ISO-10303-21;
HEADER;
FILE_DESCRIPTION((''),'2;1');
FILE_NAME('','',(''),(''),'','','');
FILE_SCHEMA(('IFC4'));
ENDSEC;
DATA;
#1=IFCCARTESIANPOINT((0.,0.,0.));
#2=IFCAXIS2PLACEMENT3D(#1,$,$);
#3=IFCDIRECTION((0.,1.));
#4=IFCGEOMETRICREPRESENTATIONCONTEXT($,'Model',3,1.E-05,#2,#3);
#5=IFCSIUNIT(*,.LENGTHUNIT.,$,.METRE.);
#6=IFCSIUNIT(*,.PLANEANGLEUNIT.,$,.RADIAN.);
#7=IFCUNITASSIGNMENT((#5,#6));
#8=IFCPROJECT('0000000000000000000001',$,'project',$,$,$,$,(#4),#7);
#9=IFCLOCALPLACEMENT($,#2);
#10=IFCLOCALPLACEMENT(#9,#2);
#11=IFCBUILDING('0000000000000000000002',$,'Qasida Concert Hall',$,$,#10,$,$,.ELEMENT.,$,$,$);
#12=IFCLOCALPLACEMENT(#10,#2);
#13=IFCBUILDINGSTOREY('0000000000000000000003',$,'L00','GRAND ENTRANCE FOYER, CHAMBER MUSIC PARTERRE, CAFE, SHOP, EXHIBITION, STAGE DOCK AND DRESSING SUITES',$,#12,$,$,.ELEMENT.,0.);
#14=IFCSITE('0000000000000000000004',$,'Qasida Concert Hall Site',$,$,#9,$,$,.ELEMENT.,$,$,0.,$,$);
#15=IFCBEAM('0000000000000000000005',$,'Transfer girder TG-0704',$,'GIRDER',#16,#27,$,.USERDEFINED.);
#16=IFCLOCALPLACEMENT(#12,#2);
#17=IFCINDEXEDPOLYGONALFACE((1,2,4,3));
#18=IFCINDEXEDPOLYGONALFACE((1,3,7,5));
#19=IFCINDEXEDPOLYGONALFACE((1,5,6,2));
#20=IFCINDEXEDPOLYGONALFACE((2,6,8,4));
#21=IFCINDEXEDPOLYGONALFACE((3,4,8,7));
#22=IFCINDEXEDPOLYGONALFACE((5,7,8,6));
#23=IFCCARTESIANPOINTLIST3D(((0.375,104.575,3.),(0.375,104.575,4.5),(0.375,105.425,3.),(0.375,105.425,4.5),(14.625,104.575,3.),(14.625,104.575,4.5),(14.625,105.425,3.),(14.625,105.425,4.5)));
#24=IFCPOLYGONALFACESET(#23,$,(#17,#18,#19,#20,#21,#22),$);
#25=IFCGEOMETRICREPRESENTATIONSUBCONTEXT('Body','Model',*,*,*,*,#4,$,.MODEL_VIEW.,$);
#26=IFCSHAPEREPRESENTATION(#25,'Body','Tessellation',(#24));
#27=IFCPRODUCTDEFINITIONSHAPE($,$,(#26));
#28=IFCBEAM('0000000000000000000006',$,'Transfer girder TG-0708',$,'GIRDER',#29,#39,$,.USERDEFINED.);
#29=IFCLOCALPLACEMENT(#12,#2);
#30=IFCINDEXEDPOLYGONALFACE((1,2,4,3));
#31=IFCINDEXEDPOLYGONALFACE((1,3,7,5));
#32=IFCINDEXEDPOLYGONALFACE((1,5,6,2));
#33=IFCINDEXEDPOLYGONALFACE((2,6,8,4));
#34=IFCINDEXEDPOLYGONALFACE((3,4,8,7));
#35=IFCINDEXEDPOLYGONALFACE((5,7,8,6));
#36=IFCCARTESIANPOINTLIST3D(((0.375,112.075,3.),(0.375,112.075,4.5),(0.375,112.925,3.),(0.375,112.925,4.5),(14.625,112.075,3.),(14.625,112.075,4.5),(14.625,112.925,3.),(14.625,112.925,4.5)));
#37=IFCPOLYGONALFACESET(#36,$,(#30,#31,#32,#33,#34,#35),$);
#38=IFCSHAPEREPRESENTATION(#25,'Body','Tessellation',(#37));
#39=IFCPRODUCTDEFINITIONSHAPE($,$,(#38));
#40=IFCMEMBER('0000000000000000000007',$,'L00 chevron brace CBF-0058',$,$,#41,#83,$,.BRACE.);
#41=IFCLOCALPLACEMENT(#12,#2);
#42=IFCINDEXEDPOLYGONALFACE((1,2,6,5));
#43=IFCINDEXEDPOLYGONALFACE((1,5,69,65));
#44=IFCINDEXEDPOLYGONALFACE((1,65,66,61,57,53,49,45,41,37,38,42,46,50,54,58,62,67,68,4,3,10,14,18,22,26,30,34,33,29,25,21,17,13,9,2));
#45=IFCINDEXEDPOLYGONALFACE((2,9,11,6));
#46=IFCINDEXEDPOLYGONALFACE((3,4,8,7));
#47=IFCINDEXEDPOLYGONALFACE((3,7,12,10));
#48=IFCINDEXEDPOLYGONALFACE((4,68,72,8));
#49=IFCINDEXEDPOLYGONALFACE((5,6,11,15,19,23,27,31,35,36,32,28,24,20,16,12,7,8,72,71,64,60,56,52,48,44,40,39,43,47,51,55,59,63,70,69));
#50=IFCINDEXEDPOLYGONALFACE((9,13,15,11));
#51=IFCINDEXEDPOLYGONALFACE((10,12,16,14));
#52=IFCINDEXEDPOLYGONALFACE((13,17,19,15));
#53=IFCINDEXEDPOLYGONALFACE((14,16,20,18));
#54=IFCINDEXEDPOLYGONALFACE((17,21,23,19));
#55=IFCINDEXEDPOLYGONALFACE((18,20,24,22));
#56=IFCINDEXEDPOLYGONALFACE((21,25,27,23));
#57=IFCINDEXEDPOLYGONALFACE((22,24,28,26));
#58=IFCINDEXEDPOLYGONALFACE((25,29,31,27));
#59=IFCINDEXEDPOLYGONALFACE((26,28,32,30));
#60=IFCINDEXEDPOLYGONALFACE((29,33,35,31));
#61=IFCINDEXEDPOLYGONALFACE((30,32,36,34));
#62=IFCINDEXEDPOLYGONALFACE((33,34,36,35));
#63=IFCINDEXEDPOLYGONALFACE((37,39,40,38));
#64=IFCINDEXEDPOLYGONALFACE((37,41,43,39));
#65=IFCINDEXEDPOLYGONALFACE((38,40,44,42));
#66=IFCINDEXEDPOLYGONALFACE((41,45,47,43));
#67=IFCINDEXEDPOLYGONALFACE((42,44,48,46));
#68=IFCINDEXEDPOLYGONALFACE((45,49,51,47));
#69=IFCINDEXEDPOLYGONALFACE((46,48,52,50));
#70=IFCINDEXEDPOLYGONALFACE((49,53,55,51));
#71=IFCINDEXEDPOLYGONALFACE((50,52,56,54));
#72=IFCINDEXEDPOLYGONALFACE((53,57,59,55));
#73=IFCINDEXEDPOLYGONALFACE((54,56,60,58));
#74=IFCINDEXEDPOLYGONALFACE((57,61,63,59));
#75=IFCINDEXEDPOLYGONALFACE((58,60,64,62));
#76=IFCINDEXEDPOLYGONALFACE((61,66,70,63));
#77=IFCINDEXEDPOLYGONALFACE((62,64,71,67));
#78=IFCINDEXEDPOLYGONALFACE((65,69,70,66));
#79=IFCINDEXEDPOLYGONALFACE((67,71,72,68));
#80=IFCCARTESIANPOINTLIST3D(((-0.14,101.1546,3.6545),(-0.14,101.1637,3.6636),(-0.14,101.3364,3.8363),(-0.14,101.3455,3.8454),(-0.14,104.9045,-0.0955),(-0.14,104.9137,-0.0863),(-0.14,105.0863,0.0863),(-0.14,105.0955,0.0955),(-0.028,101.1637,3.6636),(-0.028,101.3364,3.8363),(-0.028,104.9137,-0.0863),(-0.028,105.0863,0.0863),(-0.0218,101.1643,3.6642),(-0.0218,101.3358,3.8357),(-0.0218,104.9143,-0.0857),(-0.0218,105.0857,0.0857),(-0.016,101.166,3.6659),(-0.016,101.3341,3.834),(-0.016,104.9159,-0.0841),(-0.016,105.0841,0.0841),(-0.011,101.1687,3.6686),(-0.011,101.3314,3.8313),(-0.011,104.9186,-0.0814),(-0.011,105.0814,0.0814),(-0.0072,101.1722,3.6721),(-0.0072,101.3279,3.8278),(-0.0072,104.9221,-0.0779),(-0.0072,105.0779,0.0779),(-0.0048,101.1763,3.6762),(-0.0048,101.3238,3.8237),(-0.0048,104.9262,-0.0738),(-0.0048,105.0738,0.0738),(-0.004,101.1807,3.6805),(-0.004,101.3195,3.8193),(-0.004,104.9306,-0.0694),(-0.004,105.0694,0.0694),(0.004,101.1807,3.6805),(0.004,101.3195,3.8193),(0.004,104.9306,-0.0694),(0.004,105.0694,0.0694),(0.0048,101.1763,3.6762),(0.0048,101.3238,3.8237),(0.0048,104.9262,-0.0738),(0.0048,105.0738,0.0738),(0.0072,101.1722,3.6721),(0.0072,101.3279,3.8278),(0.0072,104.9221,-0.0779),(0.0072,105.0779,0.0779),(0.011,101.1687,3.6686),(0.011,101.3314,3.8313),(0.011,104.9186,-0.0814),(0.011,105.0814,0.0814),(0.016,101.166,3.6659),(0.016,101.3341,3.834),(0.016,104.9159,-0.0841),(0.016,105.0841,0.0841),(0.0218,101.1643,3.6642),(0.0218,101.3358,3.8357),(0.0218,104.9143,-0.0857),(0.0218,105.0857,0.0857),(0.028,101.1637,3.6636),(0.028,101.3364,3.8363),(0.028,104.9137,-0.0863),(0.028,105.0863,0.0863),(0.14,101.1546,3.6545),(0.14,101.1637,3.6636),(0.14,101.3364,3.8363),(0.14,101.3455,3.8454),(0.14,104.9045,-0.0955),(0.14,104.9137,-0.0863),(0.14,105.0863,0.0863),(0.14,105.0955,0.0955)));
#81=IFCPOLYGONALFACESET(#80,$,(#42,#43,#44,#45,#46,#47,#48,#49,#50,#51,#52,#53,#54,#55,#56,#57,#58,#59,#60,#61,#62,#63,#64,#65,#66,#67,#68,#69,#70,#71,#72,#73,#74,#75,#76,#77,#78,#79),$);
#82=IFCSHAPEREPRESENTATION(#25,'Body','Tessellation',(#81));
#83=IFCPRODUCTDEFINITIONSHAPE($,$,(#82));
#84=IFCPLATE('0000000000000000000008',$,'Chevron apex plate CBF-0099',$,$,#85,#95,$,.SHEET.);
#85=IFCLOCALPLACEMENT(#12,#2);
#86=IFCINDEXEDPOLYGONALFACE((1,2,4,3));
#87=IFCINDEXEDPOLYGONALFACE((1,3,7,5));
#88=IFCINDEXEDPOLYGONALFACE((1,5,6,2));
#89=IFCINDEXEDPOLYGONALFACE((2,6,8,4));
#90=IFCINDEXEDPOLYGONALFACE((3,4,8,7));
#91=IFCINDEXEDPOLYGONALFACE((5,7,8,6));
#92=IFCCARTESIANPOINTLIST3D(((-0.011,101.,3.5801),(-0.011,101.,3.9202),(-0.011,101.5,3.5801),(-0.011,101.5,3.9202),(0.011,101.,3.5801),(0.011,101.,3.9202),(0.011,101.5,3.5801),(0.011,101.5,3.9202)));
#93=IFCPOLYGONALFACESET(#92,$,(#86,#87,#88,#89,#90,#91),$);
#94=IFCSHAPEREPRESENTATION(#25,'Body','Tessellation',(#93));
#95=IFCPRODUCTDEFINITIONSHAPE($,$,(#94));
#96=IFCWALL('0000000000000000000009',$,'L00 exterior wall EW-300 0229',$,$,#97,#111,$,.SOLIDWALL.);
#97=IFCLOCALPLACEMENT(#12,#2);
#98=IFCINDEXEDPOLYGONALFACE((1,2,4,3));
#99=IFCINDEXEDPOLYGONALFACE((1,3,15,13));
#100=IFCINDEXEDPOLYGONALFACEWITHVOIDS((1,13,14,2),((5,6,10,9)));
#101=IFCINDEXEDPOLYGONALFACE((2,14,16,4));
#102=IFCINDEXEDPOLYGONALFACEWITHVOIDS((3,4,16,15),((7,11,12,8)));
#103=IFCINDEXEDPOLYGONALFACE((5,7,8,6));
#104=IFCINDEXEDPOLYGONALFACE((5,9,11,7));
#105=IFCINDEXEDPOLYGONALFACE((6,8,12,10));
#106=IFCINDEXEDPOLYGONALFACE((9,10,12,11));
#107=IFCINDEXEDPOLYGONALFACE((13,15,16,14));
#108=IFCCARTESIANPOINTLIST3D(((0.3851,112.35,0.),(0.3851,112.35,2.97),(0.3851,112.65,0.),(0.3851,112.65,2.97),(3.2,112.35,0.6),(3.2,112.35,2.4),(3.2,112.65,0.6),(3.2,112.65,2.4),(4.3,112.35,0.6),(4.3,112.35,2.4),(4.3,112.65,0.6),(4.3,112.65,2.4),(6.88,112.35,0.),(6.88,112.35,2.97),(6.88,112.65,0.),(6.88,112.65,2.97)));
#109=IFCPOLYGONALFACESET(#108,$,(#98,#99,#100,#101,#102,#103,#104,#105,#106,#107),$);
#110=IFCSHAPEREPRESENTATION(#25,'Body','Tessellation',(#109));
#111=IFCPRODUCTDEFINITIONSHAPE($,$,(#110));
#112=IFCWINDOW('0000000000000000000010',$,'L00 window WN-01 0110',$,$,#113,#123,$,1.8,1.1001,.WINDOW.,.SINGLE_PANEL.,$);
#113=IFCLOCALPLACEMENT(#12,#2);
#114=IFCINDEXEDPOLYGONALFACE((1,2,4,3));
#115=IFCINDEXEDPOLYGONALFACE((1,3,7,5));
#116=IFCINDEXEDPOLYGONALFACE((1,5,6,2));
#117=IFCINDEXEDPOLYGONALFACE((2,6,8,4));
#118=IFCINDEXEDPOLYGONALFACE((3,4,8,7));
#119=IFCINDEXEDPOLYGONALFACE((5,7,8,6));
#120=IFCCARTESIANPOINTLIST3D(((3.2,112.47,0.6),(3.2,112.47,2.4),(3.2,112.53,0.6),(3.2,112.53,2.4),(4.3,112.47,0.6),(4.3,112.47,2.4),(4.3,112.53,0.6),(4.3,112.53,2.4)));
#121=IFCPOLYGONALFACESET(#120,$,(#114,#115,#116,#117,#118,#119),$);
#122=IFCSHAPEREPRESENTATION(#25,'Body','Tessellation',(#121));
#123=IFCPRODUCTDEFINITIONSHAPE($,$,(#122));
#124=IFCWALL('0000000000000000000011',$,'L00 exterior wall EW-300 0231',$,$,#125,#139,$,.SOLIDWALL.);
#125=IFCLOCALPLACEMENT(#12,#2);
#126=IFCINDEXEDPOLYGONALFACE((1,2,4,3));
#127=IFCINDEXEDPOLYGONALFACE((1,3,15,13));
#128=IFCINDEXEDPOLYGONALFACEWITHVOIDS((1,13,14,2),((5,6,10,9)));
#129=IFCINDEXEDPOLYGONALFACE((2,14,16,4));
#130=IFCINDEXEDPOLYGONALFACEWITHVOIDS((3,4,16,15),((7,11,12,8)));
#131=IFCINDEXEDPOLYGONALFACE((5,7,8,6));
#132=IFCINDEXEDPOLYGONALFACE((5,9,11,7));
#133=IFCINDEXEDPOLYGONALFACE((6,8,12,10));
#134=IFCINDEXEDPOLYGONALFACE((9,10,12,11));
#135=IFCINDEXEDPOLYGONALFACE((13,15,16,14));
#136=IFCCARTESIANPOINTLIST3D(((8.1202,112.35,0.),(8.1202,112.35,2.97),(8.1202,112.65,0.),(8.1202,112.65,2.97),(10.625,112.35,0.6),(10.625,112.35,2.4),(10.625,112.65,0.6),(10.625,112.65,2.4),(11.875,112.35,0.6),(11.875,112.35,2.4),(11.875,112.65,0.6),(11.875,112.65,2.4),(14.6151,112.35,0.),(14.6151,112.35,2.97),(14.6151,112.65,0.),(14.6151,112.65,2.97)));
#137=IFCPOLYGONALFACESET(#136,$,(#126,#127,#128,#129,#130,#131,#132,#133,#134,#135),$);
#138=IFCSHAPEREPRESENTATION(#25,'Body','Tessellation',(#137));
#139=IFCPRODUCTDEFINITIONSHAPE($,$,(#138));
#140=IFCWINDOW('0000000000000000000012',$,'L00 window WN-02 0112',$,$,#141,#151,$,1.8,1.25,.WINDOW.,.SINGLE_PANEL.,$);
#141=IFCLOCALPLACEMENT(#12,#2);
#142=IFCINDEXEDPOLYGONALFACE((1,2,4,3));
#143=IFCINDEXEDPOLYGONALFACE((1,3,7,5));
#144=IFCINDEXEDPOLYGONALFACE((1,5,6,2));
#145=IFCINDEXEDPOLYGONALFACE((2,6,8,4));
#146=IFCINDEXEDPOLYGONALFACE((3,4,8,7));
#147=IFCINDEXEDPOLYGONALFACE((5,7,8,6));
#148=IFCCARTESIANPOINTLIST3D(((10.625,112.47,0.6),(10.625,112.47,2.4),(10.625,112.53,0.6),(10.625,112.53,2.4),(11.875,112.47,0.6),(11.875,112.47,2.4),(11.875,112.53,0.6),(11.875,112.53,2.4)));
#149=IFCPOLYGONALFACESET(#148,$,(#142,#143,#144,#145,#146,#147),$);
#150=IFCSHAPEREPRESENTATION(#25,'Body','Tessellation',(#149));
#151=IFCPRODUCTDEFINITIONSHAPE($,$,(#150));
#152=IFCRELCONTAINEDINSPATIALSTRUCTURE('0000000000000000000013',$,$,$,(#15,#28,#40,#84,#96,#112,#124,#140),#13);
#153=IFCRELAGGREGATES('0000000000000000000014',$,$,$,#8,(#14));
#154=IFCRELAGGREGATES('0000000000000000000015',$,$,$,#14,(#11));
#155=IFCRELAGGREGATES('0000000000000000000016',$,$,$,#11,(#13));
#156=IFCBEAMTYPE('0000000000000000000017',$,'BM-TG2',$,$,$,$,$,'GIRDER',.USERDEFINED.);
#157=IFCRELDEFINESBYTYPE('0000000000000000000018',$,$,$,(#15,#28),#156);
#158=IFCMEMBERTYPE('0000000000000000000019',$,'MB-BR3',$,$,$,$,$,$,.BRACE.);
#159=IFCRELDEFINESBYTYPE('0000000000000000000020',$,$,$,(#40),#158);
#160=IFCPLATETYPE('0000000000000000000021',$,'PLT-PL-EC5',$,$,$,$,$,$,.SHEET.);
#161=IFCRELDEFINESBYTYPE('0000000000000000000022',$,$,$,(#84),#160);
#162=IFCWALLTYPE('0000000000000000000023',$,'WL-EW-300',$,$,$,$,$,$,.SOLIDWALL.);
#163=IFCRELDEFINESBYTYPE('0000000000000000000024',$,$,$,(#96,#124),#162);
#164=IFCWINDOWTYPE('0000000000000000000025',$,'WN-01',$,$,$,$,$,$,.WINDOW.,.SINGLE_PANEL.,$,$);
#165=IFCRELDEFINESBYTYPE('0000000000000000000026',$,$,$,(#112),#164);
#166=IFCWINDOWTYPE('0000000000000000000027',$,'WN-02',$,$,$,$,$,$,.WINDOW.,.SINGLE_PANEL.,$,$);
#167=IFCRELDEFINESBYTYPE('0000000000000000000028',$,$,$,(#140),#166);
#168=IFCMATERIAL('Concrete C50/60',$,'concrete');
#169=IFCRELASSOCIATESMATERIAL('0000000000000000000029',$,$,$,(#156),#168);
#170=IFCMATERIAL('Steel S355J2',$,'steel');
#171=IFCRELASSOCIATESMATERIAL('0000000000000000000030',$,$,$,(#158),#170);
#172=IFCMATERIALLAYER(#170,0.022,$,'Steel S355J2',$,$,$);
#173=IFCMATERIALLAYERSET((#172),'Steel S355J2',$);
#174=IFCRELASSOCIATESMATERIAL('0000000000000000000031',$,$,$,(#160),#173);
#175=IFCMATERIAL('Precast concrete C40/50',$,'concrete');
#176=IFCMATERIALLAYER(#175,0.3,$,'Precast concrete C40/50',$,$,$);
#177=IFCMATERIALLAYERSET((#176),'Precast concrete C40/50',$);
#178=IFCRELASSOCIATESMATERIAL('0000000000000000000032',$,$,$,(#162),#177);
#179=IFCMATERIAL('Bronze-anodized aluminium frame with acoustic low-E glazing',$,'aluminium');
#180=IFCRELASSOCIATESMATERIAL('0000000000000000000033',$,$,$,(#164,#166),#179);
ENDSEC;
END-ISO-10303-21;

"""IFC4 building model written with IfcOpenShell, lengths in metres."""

from ifc_helpers import new_model, si_unit, direction, frame, frame_2d, origin, origin_2d, place, context, subcontext, project, spatial, rectangle, i_section, extrude, material, layer, layer_set, material_profile, profile_set, type_object, element, fill, save


model = new_model("IFC4")

# Units and contexts
model_context = context("Model", 3, precision=1e-05, world=origin(), true_north=direction((0.0, 1.0)))
body_context = subcontext(model_context, "Body", "Model", "MODEL_VIEW")
ifc_project = project(units=[si_unit("LENGTHUNIT", "METRE"), si_unit("PLANEANGLEUNIT", "RADIAN")], contexts=[model_context])

# Site, building, storey
site_placement = place(None, origin())
site = spatial("IfcSite", under=ifc_project, at=site_placement, Name="Qasida Concert Hall Site", CompositionType="ELEMENT", RefElevation=0.0)
building_placement = place(site_placement, origin())
building = spatial("IfcBuilding", under=site, at=building_placement, Name="Qasida Concert Hall", CompositionType="ELEMENT")
storey_placement = place(building_placement, origin())
storey = spatial("IfcBuildingStorey", under=building, at=storey_placement, Name="L00", Description="GRAND ENTRANCE FOYER, CHAMBER MUSIC PARTERRE, CAFE, SHOP, EXHIBITION, STAGE DOCK AND DRESSING SUITES", CompositionType="ELEMENT", Elevation=0.0)

# Shared definitions
ifc_material_1 = material(Name="Concrete C50/60", Category="concrete")

# Beams
ifc_material_2 = material(Name="Steel S355J2", Category="steel")
ifc_material_profile_1 = material_profile(ifc_material_1, rectangle(XDim=0.8501, YDim=1.5, at=origin_2d()), Name="RC 850x1500")
ifc_profile_set_1 = profile_set([ifc_material_profile_1], Name="Concrete C50/60")
beam_type_1 = type_object("IfcBeamType", Name="BM-TG2", ElementType="GIRDER", PredefinedType="USERDEFINED", material=ifc_profile_set_1)
for number, where, z_axis, x_axis, name in (
    (1, (0.375, 105.0, 3.75), (1.0, 0.0, 0.0), (0.0, 1.0, 0.0), "Transfer girder TG-0704"),
    (2, (0.375, 112.5, 3.75), (1.0, 0.0, 0.0), (0.0, 1.0, 0.0), "Transfer girder TG-0708"),
):
    element("IfcBeam", number, at=place(storey_placement, frame(where, z_axis=z_axis, x_axis=x_axis)), inside=storey, type_object=beam_type_1, Name=name, ObjectType="GIRDER", PredefinedType="USERDEFINED", context=body_context, shape_type="SweptSolid", body=[
        extrude(rectangle(XDim=0.8501, YDim=1.5, at=origin_2d()), origin(), (0.0, 0.0, 1.0), 14.25),
    ])

# Member
ifc_material_profile_2 = material_profile(ifc_material_2, i_section(OverallWidth=0.28, OverallDepth=0.27, WebThickness=0.0081, FlangeThickness=0.0129, FilletRadius=0.0239, at=origin_2d()), Name="HEA 280")
ifc_profile_set_2 = profile_set([ifc_material_profile_2], Name="Steel S355J2")
member_type = type_object("IfcMemberType", Name="MB-BR3", PredefinedType="BRACE", material=ifc_profile_set_2)
member_placement = place(storey_placement, frame((0.0, 105.0, 0.0), z_axis=(0.0, -0.707107, 0.707107), x_axis=(1.0, 0.0, 0.0)))
element("IfcMember", 3, at=member_placement, inside=storey, type_object=member_type, Name="L00 chevron brace CBF-0058", PredefinedType="BRACE", context=body_context, shape_type="SweptSolid", body=[
    extrude(i_section(OverallWidth=0.28, OverallDepth=0.27, WebThickness=0.0081, FlangeThickness=0.0129, FilletRadius=0.0239, at=origin_2d()), origin(), (0.0, 0.0, 1.0), 5.3032),
])

# Plate
ifc_layer_1 = layer(ifc_material_2, 0.022, Name="Steel S355J2")
ifc_layer_set_1 = layer_set([ifc_layer_1], Name="Steel S355J2")
plate_type = type_object("IfcPlateType", Name="PLT-PL-EC5", PredefinedType="SHEET", material=ifc_layer_set_1)
plate_placement = place(storey_placement, frame((0.0, 101.25, 3.5801), z_axis=(0.0, 0.0, 1.0), x_axis=(0.0, 1.0, 0.0)))
element("IfcPlate", 4, at=plate_placement, inside=storey, type_object=plate_type, Name="Chevron apex plate CBF-0099", PredefinedType="SHEET", context=body_context, shape_type="SweptSolid", body=[
    extrude(rectangle(XDim=0.5, YDim=0.022, at=origin_2d()), origin(), (0.0, 0.0, 1.0), 0.3401),
])

# Walls, openings, windows
ifc_material_3 = material(Name="Precast concrete C40/50", Category="concrete")
ifc_layer_2 = layer(ifc_material_3, 0.3, Name="Precast concrete C40/50")
ifc_layer_set_2 = layer_set([ifc_layer_2], Name="Precast concrete C40/50")
wall_type_1 = type_object("IfcWallType", Name="WL-EW-300", PredefinedType="SOLIDWALL", material=ifc_layer_set_2)
wall_1_placement = place(storey_placement, frame((0.385, 112.5, 0.0), z_axis=(0.0, 0.0, 1.0), x_axis=(1.0, 0.0, 0.0)))
wall_1 = element("IfcWall", 5, at=wall_1_placement, inside=storey, type_object=wall_type_1, Name="L00 exterior wall EW-300 0229", PredefinedType="SOLIDWALL", context=body_context, shape_type="SweptSolid", body=[
    extrude(rectangle(XDim=6.4949, YDim=0.3, at=frame_2d((3.2476, 0.0))), origin(), (0.0, 0.0, 1.0), 2.97),
])
opening_1_placement = place(wall_1_placement, frame((2.8149, 0.0, 0.6001)))
opening_1 = element("IfcOpeningElement", 6, at=opening_1_placement, cuts=wall_1, PredefinedType="OPENING", context=body_context, shape_type="SweptSolid", body=[
    extrude(rectangle(XDim=1.1001, YDim=1.8, at=frame_2d((0.55, 0.8999))), frame((0.0, 0.1599, 0.0), z_axis=(0.0, -1.0, 0.0), x_axis=(1.0, 0.0, 0.0)), (0.0, 0.0, 1.0), 0.3201),
])
ifc_material_4 = material(Name="Bronze-anodized aluminium frame with acoustic low-E glazing", Category="aluminium")
window_type_1 = type_object("IfcWindowType", Name="WN-01", PartitioningType="SINGLE_PANEL", PredefinedType="WINDOW", material=ifc_material_4)
window_1_placement = place(opening_1_placement, origin())
window_1 = element("IfcWindow", 7, at=window_1_placement, inside=storey, type_object=window_type_1, Name="L00 window WN-01 0110", OverallHeight=1.8, OverallWidth=1.1001, PartitioningType="SINGLE_PANEL", PredefinedType="WINDOW", context=body_context, shape_type="SweptSolid", body=[
    extrude(rectangle(XDim=1.1001, YDim=1.8, at=frame_2d((0.55, 0.8999))), frame((0.0, 0.03, 0.0), z_axis=(0.0, -1.0, 0.0), x_axis=(1.0, 0.0, 0.0)), (0.0, 0.0, 1.0), 0.0601),
])
fill(opening_1, window_1)
wall_2_placement = place(storey_placement, frame((8.1201, 112.5, 0.0), z_axis=(0.0, 0.0, 1.0), x_axis=(1.0, 0.0, 0.0)))
wall_2 = element("IfcWall", 8, at=wall_2_placement, inside=storey, type_object=wall_type_1, Name="L00 exterior wall EW-300 0231", PredefinedType="SOLIDWALL", context=body_context, shape_type="SweptSolid", body=[
    extrude(rectangle(XDim=6.4949, YDim=0.3, at=frame_2d((3.2476, 0.0))), origin(), (0.0, 0.0, 1.0), 2.97),
])
opening_2_placement = place(wall_2_placement, frame((2.5049, 0.0, 0.6001)))
opening_2 = element("IfcOpeningElement", 9, at=opening_2_placement, cuts=wall_2, PredefinedType="OPENING", context=body_context, shape_type="SweptSolid", body=[
    extrude(rectangle(XDim=1.25, YDim=1.8, at=frame_2d((0.625, 0.8999))), frame((0.0, 0.1599, 0.0), z_axis=(0.0, -1.0, 0.0), x_axis=(1.0, 0.0, 0.0)), (0.0, 0.0, 1.0), 0.3201),
])
window_type_2 = type_object("IfcWindowType", Name="WN-02", PartitioningType="SINGLE_PANEL", PredefinedType="WINDOW", material=ifc_material_4)
window_2_placement = place(opening_2_placement, origin())
window_2 = element("IfcWindow", 10, at=window_2_placement, inside=storey, type_object=window_type_2, Name="L00 window WN-02 0112", OverallHeight=1.8, OverallWidth=1.25, PartitioningType="SINGLE_PANEL", PredefinedType="WINDOW", context=body_context, shape_type="SweptSolid", body=[
    extrude(rectangle(XDim=1.25, YDim=1.8, at=frame_2d((0.625, 0.8999))), frame((0.0, 0.03, 0.0), z_axis=(0.0, -1.0, 0.0), x_axis=(1.0, 0.0, 0.0)), (0.0, 0.0, 1.0), 0.0601),
])
fill(opening_2, window_2)

save(model, "model.ifc")
